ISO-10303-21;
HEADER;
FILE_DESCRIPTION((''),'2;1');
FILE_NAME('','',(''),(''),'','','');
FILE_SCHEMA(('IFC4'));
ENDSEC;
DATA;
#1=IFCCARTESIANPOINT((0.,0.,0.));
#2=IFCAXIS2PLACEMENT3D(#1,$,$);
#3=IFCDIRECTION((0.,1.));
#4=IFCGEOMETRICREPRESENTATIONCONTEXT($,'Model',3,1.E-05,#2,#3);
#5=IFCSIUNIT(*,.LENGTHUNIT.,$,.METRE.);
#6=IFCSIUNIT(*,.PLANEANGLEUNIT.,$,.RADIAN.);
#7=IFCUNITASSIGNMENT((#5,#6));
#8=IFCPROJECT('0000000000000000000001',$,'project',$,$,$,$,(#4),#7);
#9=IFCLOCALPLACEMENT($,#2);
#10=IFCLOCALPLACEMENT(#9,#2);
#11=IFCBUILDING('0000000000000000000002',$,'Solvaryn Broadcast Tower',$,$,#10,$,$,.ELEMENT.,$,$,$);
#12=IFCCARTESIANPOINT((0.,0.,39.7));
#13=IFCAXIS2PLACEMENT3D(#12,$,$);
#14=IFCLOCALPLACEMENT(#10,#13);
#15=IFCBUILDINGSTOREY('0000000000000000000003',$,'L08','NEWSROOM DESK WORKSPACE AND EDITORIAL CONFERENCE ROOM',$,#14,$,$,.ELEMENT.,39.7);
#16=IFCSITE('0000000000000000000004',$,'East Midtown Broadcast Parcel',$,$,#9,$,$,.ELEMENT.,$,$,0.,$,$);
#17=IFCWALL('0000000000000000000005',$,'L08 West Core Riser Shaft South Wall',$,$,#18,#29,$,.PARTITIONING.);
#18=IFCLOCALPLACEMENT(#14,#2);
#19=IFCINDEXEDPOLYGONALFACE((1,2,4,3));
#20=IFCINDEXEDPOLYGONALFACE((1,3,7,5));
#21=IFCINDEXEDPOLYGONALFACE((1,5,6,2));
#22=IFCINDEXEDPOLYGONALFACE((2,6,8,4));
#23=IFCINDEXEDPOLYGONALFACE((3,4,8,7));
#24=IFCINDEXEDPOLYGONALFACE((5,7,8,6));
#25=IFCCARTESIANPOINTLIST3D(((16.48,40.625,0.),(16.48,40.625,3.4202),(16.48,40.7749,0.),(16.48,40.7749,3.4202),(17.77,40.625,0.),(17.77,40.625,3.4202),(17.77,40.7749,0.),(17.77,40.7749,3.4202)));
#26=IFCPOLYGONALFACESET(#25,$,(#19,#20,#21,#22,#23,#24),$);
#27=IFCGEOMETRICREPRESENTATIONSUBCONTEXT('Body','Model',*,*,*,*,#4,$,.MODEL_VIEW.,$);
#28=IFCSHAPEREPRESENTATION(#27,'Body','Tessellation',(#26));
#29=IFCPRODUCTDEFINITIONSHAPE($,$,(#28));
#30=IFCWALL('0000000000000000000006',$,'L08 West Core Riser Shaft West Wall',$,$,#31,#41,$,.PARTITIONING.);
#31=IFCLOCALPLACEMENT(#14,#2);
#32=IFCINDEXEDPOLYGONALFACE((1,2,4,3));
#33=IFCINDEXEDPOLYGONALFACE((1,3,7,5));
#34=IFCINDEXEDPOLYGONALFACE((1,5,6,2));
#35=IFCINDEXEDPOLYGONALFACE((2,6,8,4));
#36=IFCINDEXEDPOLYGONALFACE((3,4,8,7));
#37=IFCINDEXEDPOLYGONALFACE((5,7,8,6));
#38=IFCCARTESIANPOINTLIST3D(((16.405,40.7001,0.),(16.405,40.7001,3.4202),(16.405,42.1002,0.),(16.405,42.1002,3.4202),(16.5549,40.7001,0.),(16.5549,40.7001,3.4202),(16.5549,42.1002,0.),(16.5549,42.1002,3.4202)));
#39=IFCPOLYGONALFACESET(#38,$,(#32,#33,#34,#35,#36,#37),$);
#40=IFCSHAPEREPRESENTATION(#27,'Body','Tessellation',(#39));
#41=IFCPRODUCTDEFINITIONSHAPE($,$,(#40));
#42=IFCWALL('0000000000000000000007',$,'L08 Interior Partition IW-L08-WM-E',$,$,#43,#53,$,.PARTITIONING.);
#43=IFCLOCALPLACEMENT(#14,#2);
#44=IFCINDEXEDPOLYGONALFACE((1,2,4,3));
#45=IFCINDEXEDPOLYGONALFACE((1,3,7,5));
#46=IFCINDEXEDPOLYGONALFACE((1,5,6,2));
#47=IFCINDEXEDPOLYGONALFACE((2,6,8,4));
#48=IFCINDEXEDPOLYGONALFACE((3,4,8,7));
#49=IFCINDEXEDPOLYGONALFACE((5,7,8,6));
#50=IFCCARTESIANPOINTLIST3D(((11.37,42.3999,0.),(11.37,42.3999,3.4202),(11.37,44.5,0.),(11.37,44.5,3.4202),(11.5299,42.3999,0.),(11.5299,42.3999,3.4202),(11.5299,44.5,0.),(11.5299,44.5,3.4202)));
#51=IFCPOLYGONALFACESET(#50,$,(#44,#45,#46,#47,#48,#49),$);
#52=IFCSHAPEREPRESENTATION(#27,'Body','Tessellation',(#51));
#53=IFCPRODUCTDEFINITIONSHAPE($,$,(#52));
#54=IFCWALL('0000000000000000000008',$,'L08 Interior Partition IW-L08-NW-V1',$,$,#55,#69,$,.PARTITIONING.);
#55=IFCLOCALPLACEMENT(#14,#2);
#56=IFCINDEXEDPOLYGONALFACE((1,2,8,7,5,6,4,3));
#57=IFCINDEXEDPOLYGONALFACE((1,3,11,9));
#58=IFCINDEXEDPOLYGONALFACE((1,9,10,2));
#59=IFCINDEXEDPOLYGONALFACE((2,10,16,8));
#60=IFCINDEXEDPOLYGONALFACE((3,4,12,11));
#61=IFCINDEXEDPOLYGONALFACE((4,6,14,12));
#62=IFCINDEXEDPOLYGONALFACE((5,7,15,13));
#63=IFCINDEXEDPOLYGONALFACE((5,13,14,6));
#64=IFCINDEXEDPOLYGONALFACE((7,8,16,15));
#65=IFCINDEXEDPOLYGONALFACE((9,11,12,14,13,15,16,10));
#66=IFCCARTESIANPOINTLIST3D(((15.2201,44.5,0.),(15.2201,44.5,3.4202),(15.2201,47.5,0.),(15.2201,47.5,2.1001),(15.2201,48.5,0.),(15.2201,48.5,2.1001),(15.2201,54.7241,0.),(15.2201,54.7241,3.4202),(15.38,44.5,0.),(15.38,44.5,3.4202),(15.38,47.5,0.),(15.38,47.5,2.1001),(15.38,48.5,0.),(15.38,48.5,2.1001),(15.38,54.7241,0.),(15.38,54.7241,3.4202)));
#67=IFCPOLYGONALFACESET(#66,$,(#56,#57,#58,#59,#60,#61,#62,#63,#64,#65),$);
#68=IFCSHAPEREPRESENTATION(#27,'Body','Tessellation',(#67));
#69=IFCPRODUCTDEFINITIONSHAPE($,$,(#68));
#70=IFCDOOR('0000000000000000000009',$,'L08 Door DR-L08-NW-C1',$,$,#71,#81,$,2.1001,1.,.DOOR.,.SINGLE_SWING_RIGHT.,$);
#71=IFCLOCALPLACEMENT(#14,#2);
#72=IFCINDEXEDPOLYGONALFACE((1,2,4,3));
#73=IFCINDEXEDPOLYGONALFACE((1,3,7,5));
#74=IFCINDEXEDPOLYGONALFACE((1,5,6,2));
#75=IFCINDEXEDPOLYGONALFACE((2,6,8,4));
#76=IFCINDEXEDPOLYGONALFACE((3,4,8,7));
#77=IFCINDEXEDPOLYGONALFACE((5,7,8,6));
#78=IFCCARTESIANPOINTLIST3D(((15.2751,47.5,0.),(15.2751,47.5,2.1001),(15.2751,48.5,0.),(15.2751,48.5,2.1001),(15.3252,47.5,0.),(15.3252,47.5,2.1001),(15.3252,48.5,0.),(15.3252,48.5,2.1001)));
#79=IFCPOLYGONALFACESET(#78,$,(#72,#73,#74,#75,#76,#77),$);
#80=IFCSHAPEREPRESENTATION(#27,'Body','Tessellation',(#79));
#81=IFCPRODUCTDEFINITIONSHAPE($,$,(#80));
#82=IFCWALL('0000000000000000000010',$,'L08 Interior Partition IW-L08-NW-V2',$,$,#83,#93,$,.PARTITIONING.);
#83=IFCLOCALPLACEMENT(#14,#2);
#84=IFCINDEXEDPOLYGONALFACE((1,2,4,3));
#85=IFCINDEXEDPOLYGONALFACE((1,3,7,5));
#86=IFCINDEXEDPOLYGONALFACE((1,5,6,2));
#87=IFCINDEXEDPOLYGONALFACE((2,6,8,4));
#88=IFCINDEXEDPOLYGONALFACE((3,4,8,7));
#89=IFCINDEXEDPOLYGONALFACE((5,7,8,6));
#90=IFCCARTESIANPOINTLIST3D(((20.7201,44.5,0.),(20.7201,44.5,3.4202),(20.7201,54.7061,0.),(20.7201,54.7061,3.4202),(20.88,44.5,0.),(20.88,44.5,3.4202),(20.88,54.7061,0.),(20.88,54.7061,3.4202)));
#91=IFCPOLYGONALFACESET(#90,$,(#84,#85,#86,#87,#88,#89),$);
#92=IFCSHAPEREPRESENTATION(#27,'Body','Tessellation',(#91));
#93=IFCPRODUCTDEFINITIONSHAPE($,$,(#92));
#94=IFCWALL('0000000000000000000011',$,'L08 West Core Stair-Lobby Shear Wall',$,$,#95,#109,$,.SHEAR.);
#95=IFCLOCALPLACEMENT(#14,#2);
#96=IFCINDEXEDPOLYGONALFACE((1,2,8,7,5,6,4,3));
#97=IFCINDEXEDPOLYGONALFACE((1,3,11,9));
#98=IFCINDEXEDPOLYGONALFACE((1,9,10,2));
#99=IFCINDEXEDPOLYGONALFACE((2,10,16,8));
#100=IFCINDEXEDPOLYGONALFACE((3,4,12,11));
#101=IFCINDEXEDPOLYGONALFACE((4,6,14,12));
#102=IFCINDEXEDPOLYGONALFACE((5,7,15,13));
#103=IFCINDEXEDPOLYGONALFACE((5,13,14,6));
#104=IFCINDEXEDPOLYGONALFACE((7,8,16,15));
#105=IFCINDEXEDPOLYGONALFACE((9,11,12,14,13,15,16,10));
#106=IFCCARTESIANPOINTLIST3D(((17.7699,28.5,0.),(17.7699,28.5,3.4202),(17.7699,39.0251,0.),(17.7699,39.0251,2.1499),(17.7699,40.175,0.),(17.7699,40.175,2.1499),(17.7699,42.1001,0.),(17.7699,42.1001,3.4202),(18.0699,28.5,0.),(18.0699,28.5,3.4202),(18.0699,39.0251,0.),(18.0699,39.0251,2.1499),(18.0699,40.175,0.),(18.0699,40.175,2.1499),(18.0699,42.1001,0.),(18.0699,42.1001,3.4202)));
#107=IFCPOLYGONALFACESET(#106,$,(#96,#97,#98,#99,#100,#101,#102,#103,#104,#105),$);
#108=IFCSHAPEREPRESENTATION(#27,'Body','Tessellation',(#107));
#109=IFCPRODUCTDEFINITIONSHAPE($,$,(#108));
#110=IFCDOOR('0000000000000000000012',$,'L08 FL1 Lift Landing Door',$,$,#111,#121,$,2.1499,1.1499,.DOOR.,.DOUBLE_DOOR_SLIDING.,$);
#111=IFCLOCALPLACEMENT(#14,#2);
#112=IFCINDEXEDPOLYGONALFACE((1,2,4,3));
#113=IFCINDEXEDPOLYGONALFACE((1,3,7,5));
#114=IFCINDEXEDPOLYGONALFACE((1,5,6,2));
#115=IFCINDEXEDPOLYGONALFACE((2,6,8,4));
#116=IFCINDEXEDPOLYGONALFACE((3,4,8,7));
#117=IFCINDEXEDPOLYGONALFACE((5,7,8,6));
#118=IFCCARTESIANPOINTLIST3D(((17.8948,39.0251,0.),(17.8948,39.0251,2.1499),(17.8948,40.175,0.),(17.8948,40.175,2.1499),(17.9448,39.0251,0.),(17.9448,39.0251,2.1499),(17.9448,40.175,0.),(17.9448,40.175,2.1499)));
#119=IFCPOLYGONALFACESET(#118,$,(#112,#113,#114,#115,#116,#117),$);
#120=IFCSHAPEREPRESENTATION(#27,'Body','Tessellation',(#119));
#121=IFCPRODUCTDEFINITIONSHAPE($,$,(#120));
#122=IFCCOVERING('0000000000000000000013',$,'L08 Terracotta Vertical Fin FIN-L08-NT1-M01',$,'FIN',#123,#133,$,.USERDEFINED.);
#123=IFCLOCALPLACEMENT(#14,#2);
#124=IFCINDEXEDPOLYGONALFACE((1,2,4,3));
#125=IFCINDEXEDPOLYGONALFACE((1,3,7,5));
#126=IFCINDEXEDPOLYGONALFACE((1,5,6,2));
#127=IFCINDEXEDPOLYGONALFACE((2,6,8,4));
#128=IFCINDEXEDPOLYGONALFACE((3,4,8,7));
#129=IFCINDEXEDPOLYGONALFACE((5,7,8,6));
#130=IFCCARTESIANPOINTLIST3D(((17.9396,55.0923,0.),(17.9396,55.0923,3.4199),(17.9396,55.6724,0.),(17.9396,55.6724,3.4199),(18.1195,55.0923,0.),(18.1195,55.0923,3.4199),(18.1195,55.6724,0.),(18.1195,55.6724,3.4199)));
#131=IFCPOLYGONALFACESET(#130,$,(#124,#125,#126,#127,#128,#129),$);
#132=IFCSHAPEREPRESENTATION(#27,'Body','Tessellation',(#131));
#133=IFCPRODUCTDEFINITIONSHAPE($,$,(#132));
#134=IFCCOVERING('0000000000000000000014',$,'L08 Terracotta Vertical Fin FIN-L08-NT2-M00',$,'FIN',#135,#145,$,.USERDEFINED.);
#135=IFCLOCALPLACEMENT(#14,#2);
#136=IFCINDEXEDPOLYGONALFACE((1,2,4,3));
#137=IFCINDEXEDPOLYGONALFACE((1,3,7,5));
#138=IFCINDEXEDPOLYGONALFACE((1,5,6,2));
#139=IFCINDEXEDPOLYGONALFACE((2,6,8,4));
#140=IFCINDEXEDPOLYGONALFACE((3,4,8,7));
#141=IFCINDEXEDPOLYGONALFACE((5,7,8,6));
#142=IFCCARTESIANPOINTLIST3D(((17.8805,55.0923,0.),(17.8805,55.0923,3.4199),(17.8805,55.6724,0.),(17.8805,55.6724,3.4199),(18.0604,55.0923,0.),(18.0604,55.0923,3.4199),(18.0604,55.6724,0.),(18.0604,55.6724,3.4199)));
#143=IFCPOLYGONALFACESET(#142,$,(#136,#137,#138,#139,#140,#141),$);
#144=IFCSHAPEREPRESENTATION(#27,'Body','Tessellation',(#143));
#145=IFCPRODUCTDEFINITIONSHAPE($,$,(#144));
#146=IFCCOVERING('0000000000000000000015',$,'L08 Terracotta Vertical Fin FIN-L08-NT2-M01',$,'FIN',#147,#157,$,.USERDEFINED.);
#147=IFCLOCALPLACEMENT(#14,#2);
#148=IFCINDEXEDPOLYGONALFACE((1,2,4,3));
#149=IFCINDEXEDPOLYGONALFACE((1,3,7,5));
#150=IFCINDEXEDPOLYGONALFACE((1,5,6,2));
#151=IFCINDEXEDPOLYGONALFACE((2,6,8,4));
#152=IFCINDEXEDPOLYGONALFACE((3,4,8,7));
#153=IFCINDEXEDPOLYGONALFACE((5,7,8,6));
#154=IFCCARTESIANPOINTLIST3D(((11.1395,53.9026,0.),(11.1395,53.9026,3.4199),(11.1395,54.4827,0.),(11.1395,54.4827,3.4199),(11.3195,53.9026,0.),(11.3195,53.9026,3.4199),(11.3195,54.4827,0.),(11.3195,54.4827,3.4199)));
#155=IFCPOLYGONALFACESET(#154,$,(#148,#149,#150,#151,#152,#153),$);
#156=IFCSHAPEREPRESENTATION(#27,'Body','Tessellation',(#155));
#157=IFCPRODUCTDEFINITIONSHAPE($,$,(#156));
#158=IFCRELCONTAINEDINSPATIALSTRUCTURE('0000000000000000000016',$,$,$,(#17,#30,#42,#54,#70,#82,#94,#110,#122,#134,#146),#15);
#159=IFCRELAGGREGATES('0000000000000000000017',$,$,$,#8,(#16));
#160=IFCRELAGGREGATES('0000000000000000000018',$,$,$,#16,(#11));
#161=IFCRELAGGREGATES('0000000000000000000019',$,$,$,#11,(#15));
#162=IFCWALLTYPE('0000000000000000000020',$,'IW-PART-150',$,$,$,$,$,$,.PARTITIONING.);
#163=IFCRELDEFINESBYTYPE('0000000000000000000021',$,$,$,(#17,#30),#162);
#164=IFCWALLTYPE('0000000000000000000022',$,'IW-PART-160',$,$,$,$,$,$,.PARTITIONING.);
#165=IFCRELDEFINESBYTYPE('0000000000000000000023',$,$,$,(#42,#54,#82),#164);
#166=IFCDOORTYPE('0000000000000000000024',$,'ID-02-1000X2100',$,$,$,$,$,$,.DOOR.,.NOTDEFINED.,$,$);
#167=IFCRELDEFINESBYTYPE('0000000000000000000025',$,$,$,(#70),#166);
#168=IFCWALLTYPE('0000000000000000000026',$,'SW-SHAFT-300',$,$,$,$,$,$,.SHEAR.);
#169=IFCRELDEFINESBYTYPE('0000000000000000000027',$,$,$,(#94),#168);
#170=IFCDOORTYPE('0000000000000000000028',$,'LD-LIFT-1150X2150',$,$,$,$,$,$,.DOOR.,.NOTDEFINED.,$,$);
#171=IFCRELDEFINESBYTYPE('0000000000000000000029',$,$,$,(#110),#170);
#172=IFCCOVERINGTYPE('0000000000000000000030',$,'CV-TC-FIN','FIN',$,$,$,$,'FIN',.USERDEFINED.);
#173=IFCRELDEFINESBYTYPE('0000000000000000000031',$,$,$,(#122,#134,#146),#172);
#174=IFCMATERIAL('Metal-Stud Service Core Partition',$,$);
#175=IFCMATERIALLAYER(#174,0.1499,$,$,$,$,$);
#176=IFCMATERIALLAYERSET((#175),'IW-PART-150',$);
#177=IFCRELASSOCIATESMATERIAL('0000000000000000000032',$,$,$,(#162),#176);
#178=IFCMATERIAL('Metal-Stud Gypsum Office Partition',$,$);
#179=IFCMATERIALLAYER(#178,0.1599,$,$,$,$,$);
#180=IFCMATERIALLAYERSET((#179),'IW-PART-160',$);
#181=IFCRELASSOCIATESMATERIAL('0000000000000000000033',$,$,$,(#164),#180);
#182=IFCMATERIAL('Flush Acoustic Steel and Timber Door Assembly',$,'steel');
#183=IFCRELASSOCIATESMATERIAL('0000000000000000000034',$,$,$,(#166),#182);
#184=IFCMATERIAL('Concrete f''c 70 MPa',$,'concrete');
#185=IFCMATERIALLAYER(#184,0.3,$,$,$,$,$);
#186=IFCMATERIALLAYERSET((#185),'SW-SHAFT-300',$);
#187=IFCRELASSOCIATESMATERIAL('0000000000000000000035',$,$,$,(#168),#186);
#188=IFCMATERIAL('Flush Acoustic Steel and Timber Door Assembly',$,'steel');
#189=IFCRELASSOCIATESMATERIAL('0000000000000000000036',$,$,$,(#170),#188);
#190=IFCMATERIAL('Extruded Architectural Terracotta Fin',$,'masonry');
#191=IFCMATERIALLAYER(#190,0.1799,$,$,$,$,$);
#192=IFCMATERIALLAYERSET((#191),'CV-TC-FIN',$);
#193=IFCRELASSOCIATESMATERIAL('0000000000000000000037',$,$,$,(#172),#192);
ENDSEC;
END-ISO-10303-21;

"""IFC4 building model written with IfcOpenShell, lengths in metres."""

from ifc_helpers import new_model, si_unit, direction, frame, frame_2d, origin, origin_2d, place, context, subcontext, project, spatial, rectangle, extrude, material, layer, layer_set, type_object, element, fill, save


model = new_model("IFC4")

# Units and contexts
model_context = context("Model", 3, precision=1e-05, world=origin(), true_north=direction((0.0, 1.0)))
body_context = subcontext(model_context, "Body", "Model", "MODEL_VIEW")
ifc_project = project(units=[si_unit("LENGTHUNIT", "METRE"), si_unit("PLANEANGLEUNIT", "RADIAN")], contexts=[model_context])

# Site, building, storey
site_placement = place(None, origin())
site = spatial("IfcSite", under=ifc_project, at=site_placement, Name="East Midtown Broadcast Parcel", CompositionType="ELEMENT", RefElevation=0.0)
building_placement = place(site_placement, origin())
building = spatial("IfcBuilding", under=site, at=building_placement, Name="Solvaryn Broadcast Tower", CompositionType="ELEMENT")
storey_placement = place(building_placement, frame((0.0, 0.0, 39.7)))
storey = spatial("IfcBuildingStorey", under=building, at=storey_placement, Name="L08", Description="NEWSROOM DESK WORKSPACE AND EDITORIAL CONFERENCE ROOM", CompositionType="ELEMENT", Elevation=39.7)

# Walls
ifc_material_1 = material(Name="Metal-Stud Service Core Partition")
ifc_layer_1 = layer(ifc_material_1, 0.1499)
ifc_layer_set_1 = layer_set([ifc_layer_1], Name="IW-PART-150")
wall_type_1 = type_object("IfcWallType", Name="IW-PART-150", PredefinedType="PARTITIONING", material=ifc_layer_set_1)
wall_1_placement = place(storey_placement, frame((16.48, 40.7, 0.0), z_axis=(0.0, 0.0, 1.0), x_axis=(1.0, 0.0, 0.0)))
element("IfcWall", 1, at=wall_1_placement, inside=storey, type_object=wall_type_1, Name="L08 West Core Riser Shaft South Wall", PredefinedType="PARTITIONING", context=body_context, shape_type="SweptSolid", body=[
    extrude(rectangle(XDim=1.29, YDim=0.1499, at=frame_2d((0.645, 0.0))), origin(), (0.0, 0.0, 1.0), 3.4202),
])
wall_2_placement = place(storey_placement, frame((16.48, 40.7, 0.0), z_axis=(0.0, 0.0, 1.0), x_axis=(0.0, 1.0, 0.0)))
element("IfcWall", 2, at=wall_2_placement, inside=storey, type_object=wall_type_1, Name="L08 West Core Riser Shaft West Wall", PredefinedType="PARTITIONING", context=body_context, shape_type="SweptSolid", body=[
    extrude(rectangle(XDim=1.4001, YDim=0.1499, at=frame_2d((0.7002, 0.0))), origin(), (0.0, 0.0, 1.0), 3.4202),
])
ifc_material_2 = material(Name="Metal-Stud Gypsum Office Partition")
ifc_layer_2 = layer(ifc_material_2, 0.1599)
ifc_layer_set_2 = layer_set([ifc_layer_2], Name="IW-PART-160")
wall_type_2 = type_object("IfcWallType", Name="IW-PART-160", PredefinedType="PARTITIONING", material=ifc_layer_set_2)
wall_3_placement = place(storey_placement, frame((11.45, 42.3999, 0.0), z_axis=(0.0, 0.0, 1.0), x_axis=(0.0, 1.0, 0.0)))
element("IfcWall", 3, at=wall_3_placement, inside=storey, type_object=wall_type_2, Name="L08 Interior Partition IW-L08-WM-E", PredefinedType="PARTITIONING", context=body_context, shape_type="SweptSolid", body=[
    extrude(rectangle(XDim=2.1001, YDim=0.1599, at=frame_2d((1.05, 0.0))), origin(), (0.0, 0.0, 1.0), 3.4202),
])

# Wall, opening, door
wall_4_placement = place(storey_placement, frame((15.3, 44.5, 0.0), z_axis=(0.0, 0.0, 1.0), x_axis=(0.0, 1.0, 0.0)))
wall_4 = element("IfcWall", 4, at=wall_4_placement, inside=storey, type_object=wall_type_2, Name="L08 Interior Partition IW-L08-NW-V1", PredefinedType="PARTITIONING", context=body_context, shape_type="SweptSolid", body=[
    extrude(rectangle(XDim=10.2241, YDim=0.1599, at=frame_2d((5.1121, 0.0))), origin(), (0.0, 0.0, 1.0), 3.4202),
])
opening_1_placement = place(wall_4_placement, frame((3.0, 0.0, 0.0)))
opening_1 = element("IfcOpeningElement", 5, at=opening_1_placement, cuts=wall_4, PredefinedType="OPENING", context=body_context, shape_type="SweptSolid", body=[
    extrude(rectangle(XDim=1.0, YDim=2.1001, at=frame_2d((0.5, 1.05))), frame((0.0, 0.0901, 0.0), z_axis=(0.0, -1.0, 0.0), x_axis=(1.0, 0.0, 0.0)), (0.0, 0.0, 1.0), 0.1799),
])
ifc_material_3 = material(Name="Flush Acoustic Steel and Timber Door Assembly", Category="steel")
door_type_1 = type_object("IfcDoorType", Name="ID-02-1000X2100", OperationType="NOTDEFINED", PredefinedType="DOOR", material=ifc_material_3)
door_1_placement = place(opening_1_placement, origin())
door_1 = element("IfcDoor", 6, at=door_1_placement, inside=storey, type_object=door_type_1, Name="L08 Door DR-L08-NW-C1", OperationType="SINGLE_SWING_RIGHT", OverallHeight=2.1001, OverallWidth=1.0, PredefinedType="DOOR", context=body_context, shape_type="SweptSolid", body=[
    extrude(rectangle(XDim=1.0, YDim=2.1001, at=frame_2d((0.5, 1.05))), frame((0.0, 0.0249, 0.0), z_axis=(0.0, -1.0, 0.0), x_axis=(1.0, 0.0, 0.0)), (0.0, 0.0, 1.0), 0.05),
])
fill(opening_1, door_1)

# Wall
wall_5_placement = place(storey_placement, frame((20.8, 44.5, 0.0), z_axis=(0.0, 0.0, 1.0), x_axis=(0.0, 1.0, 0.0)))
element("IfcWall", 7, at=wall_5_placement, inside=storey, type_object=wall_type_2, Name="L08 Interior Partition IW-L08-NW-V2", PredefinedType="PARTITIONING", context=body_context, shape_type="SweptSolid", body=[
    extrude(rectangle(XDim=10.2061, YDim=0.1599, at=frame_2d((5.103, 0.0))), origin(), (0.0, 0.0, 1.0), 3.4202),
])

# Wall, opening, door
ifc_material_4 = material(Name="Concrete f'c 70 MPa", Category="concrete")
ifc_layer_3 = layer(ifc_material_4, 0.3)
ifc_layer_set_3 = layer_set([ifc_layer_3], Name="SW-SHAFT-300")
wall_type_3 = type_object("IfcWallType", Name="SW-SHAFT-300", PredefinedType="SHEAR", material=ifc_layer_set_3)
wall_6_placement = place(storey_placement, frame((17.9199, 42.1001, 0.0), z_axis=(0.0, 0.0, 1.0), x_axis=(0.0, -1.0, 0.0)))
wall_6 = element("IfcWall", 8, at=wall_6_placement, inside=storey, type_object=wall_type_3, Name="L08 West Core Stair-Lobby Shear Wall", PredefinedType="SHEAR", context=body_context, shape_type="SweptSolid", body=[
    extrude(rectangle(XDim=13.6001, YDim=0.3, at=frame_2d((6.8, 0.0))), origin(), (0.0, 0.0, 1.0), 3.4202),
])
opening_2_placement = place(wall_6_placement, frame((1.925, 0.0, 0.0)))
opening_2 = element("IfcOpeningElement", 9, at=opening_2_placement, cuts=wall_6, PredefinedType="OPENING", context=body_context, shape_type="SweptSolid", body=[
    extrude(rectangle(XDim=1.1499, YDim=2.1499, at=frame_2d((0.575, 1.075))), frame((0.0, 0.1599, 0.0), z_axis=(0.0, -1.0, 0.0), x_axis=(1.0, 0.0, 0.0)), (0.0, 0.0, 1.0), 0.3201),
])
ifc_material_5 = material(Name="Flush Acoustic Steel and Timber Door Assembly", Category="steel")
door_type_2 = type_object("IfcDoorType", Name="LD-LIFT-1150X2150", OperationType="NOTDEFINED", PredefinedType="DOOR", material=ifc_material_5)
door_2_placement = place(opening_2_placement, origin())
door_2 = element("IfcDoor", 10, at=door_2_placement, inside=storey, type_object=door_type_2, Name="L08 FL1 Lift Landing Door", OperationType="DOUBLE_DOOR_SLIDING", OverallHeight=2.1499, OverallWidth=1.1499, PredefinedType="DOOR", context=body_context, shape_type="SweptSolid", body=[
    extrude(rectangle(XDim=1.1499, YDim=2.1499, at=frame_2d((0.575, 1.075))), frame((0.0, 0.0249, 0.0), z_axis=(0.0, -1.0, 0.0), x_axis=(1.0, 0.0, 0.0)), (0.0, 0.0, 1.0), 0.05),
])
fill(opening_2, door_2)

# Coverings
ifc_material_6 = material(Name="Extruded Architectural Terracotta Fin", Category="masonry")
ifc_layer_4 = layer(ifc_material_6, 0.1799)
ifc_layer_set_4 = layer_set([ifc_layer_4], Name="CV-TC-FIN")
covering_type = type_object("IfcCoveringType", Name="CV-TC-FIN", Description="FIN", ElementType="FIN", PredefinedType="USERDEFINED", material=ifc_layer_set_4)
for number, where, z_axis, x_axis, name in (
    (11, (18.0295, 55.3823, 0.0), (0.0, 0.0, 1.0), (1.0, 0.0, 0.0), "L08 Terracotta Vertical Fin FIN-L08-NT1-M01"),
    (12, (17.9705, 55.3823, 0.0), (0.0, 0.0, 1.0), (1.0, 0.0, 0.0), "L08 Terracotta Vertical Fin FIN-L08-NT2-M00"),
    (13, (11.2295, 54.1926, 0.0), (0.0, 0.0, 1.0), (1.0, 0.0, 0.0), "L08 Terracotta Vertical Fin FIN-L08-NT2-M01"),
):
    element("IfcCovering", number, at=place(storey_placement, frame(where, z_axis=z_axis, x_axis=x_axis)), inside=storey, type_object=covering_type, Name=name, ObjectType="FIN", PredefinedType="USERDEFINED", context=body_context, shape_type="SweptSolid", body=[
        extrude(rectangle(XDim=0.1799, YDim=0.5801, at=origin_2d()), origin(), (0.0, 0.0, 1.0), 3.4199),
    ])

save(model, "model.ifc")
